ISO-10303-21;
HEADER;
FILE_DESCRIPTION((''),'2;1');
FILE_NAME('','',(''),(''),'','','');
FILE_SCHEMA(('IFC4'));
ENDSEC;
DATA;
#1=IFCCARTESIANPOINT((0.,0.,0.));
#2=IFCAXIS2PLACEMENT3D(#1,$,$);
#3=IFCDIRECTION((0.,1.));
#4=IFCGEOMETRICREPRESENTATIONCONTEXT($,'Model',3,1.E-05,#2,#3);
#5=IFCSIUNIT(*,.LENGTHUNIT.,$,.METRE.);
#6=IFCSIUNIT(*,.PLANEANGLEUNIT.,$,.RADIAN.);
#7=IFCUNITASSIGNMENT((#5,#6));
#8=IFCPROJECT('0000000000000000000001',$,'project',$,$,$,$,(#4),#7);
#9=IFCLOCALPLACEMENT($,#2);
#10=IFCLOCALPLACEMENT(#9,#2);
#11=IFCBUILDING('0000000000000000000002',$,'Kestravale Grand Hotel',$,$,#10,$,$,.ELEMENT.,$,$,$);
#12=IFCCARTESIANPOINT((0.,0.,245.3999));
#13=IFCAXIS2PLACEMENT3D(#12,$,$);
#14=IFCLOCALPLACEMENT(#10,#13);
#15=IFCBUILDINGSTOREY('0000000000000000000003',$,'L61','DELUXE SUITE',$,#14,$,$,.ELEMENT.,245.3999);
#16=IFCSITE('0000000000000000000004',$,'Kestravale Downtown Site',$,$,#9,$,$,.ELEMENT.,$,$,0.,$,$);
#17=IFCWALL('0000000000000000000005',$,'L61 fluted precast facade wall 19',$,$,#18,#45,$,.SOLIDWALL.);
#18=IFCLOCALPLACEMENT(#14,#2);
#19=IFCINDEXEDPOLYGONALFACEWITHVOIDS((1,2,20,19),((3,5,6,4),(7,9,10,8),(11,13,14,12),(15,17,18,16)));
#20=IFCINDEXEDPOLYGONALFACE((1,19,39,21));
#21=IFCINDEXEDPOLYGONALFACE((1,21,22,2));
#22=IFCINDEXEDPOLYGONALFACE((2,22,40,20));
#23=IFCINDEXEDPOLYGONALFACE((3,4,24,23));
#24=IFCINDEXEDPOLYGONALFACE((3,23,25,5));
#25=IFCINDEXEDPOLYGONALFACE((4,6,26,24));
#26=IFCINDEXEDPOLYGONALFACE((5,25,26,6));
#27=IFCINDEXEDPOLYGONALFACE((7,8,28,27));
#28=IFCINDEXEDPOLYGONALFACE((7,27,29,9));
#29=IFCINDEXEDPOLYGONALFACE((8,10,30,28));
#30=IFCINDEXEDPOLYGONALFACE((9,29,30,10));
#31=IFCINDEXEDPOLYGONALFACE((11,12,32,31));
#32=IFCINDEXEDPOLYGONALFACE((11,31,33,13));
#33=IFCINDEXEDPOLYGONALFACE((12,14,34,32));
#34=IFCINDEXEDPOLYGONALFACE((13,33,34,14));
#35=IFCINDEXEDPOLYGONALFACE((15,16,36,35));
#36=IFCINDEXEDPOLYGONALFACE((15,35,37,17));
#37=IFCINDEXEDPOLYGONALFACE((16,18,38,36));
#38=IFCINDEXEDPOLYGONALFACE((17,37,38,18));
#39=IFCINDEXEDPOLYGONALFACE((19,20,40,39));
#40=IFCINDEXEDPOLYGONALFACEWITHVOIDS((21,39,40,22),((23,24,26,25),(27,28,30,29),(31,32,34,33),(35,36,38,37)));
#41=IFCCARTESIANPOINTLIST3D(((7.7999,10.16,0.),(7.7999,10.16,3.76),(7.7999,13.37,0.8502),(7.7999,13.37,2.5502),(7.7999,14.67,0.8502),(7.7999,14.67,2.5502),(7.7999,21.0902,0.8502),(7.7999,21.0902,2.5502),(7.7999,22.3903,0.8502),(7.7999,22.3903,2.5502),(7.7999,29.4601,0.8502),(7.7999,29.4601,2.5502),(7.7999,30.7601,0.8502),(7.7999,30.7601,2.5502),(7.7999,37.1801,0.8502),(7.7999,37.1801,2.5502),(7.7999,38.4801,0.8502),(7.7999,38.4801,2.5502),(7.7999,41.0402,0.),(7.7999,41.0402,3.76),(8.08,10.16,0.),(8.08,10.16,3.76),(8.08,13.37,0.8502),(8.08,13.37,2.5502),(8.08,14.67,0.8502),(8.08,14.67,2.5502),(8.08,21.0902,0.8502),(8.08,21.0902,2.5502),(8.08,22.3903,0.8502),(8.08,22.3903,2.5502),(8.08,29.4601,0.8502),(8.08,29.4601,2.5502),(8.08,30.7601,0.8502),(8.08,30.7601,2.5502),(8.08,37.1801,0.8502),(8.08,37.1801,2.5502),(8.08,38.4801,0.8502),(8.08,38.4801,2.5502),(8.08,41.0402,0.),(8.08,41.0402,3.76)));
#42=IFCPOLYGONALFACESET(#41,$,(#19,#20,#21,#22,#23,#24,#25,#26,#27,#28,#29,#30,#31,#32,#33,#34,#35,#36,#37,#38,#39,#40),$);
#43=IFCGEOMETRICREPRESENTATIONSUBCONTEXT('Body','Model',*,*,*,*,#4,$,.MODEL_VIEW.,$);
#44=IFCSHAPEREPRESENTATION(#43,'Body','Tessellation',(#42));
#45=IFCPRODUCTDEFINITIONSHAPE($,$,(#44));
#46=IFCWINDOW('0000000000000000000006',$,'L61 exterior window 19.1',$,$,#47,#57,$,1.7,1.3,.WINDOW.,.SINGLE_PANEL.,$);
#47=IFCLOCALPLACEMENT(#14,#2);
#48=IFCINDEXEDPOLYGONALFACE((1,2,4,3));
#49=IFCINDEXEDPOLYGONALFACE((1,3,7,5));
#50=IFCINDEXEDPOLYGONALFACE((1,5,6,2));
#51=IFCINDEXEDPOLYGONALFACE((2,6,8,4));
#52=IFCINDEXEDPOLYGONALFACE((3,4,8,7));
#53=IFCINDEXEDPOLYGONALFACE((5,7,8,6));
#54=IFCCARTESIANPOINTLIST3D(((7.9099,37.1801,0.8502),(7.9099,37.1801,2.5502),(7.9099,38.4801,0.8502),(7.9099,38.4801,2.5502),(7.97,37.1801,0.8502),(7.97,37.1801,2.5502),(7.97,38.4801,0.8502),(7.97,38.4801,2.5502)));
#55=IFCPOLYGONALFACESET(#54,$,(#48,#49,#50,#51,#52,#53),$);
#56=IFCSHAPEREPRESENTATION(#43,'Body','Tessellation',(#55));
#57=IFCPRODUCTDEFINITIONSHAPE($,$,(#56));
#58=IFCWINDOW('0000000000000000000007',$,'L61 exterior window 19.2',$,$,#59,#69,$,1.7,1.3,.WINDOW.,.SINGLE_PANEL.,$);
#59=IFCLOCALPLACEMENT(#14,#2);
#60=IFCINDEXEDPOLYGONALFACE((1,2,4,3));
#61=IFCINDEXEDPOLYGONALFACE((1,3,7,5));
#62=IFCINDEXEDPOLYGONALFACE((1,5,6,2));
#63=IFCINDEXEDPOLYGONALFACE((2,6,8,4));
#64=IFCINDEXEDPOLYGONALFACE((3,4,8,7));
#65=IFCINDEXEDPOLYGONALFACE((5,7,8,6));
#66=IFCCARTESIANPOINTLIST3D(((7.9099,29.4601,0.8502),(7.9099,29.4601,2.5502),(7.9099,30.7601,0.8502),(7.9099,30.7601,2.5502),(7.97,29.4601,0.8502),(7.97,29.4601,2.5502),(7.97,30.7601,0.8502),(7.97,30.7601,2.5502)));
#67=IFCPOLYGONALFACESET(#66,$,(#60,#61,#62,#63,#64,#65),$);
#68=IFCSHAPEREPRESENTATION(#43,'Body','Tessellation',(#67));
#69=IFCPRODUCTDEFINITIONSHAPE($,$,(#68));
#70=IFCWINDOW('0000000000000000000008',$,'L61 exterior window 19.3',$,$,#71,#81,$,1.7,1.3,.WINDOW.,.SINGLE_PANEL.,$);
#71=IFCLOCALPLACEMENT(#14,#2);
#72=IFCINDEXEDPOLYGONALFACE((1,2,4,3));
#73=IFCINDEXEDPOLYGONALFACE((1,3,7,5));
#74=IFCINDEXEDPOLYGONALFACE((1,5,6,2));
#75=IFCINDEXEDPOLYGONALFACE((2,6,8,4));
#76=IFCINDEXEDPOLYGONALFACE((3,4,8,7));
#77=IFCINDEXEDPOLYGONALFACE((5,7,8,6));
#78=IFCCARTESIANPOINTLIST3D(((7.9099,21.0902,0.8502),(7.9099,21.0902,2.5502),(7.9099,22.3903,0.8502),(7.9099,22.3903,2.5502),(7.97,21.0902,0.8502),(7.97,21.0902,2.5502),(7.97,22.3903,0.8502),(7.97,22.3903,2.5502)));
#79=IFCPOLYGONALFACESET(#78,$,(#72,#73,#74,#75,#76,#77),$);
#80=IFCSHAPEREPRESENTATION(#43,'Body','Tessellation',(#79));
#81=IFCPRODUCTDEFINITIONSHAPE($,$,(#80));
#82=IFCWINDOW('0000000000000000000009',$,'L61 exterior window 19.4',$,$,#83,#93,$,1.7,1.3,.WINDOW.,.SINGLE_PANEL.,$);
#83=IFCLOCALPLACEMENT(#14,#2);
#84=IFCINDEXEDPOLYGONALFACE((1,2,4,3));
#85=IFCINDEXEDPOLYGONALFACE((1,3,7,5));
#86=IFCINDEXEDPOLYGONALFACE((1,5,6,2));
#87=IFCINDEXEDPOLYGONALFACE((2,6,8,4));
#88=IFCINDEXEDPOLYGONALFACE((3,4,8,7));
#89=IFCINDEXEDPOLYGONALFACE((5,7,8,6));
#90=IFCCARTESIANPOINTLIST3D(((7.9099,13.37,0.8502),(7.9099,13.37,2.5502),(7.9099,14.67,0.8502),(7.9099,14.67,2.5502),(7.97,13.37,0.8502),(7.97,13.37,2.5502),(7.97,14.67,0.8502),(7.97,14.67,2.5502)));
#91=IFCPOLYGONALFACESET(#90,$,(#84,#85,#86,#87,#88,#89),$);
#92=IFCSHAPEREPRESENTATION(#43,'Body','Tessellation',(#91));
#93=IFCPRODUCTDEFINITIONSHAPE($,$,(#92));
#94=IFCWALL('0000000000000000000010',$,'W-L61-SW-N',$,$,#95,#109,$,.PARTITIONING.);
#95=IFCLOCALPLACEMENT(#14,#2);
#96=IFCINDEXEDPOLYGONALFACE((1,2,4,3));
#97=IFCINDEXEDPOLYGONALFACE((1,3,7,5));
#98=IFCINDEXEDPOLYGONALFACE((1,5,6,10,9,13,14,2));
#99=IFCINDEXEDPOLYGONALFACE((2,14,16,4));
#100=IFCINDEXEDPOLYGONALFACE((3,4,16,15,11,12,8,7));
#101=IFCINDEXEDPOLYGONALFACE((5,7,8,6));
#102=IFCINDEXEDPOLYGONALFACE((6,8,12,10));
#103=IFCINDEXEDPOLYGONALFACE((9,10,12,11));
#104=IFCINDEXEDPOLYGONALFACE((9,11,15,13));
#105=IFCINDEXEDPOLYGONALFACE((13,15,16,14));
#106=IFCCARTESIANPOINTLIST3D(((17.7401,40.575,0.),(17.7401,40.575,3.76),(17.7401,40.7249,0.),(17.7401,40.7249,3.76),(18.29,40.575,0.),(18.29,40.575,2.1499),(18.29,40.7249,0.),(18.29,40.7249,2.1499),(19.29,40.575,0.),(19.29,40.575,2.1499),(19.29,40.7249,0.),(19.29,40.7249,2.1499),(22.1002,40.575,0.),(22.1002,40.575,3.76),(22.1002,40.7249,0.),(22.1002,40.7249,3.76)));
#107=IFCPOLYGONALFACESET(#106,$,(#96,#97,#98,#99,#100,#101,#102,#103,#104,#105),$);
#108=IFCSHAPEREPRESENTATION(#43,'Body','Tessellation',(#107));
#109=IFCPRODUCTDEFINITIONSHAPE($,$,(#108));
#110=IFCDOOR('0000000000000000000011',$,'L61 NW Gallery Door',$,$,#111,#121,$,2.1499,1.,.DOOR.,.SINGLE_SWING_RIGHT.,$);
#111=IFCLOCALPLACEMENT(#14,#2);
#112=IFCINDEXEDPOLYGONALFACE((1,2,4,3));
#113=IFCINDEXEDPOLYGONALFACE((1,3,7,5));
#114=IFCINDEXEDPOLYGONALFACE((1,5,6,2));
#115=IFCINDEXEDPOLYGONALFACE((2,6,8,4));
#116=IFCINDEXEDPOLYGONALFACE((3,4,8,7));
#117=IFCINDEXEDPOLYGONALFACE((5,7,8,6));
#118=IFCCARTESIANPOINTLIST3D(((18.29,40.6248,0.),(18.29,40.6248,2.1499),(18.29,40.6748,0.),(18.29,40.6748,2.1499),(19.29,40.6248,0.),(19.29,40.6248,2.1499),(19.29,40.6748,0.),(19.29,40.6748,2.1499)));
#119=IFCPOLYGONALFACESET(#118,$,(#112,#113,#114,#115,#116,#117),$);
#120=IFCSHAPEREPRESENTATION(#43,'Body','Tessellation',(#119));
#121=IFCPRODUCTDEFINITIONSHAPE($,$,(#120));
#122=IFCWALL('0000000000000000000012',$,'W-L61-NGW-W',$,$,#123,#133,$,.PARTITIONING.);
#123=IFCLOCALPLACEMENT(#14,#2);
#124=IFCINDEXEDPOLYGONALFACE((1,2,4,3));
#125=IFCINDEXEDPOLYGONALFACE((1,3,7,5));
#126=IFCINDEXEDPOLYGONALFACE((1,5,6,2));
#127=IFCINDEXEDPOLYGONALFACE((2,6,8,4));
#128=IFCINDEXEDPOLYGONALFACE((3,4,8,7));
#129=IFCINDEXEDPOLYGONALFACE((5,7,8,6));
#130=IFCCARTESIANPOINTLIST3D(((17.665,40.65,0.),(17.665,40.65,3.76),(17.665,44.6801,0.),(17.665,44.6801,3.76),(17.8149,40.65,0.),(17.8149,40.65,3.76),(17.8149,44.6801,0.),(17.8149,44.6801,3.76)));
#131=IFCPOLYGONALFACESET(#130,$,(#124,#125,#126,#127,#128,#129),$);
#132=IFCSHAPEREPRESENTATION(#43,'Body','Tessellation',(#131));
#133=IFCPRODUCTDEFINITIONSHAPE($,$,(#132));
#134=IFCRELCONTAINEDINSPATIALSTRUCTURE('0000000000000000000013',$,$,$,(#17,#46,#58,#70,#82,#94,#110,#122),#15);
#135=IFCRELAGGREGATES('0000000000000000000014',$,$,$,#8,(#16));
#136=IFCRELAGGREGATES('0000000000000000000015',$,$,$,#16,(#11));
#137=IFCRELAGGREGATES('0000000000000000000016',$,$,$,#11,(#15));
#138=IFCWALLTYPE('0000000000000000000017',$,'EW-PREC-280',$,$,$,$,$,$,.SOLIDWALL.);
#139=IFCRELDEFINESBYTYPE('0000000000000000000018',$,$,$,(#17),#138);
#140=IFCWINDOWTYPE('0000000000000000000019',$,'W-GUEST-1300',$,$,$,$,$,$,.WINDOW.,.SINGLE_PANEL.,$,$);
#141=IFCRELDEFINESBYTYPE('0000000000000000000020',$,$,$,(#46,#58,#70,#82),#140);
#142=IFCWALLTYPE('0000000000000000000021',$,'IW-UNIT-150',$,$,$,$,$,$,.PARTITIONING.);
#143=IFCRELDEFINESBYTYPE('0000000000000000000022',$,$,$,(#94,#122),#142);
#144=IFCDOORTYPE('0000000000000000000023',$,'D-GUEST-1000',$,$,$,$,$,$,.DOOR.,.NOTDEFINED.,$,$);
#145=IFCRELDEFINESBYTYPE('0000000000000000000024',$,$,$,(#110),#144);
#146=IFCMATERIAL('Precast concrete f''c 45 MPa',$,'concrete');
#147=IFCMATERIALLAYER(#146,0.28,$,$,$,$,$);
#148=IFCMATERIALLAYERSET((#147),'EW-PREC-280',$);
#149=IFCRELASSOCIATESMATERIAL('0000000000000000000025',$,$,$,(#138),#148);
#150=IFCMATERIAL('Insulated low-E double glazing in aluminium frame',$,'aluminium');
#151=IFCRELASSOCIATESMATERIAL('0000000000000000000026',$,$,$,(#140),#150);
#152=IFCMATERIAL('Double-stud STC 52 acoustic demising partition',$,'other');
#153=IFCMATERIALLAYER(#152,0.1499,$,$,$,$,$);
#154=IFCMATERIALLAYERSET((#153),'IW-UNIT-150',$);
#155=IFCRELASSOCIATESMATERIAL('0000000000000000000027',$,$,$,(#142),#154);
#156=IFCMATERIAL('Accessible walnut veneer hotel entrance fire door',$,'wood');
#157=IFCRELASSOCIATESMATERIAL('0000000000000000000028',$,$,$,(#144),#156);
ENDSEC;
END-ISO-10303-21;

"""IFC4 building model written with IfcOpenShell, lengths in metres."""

from ifc_helpers import new_model, si_unit, direction, frame, frame_2d, origin, place, context, subcontext, project, spatial, rectangle, extrude, material, layer, layer_set, type_object, element, fill, save


model = new_model("IFC4")

# Units and contexts
model_context = context("Model", 3, precision=1e-05, world=origin(), true_north=direction((0.0, 1.0)))
body_context = subcontext(model_context, "Body", "Model", "MODEL_VIEW")
ifc_project = project(units=[si_unit("LENGTHUNIT", "METRE"), si_unit("PLANEANGLEUNIT", "RADIAN")], contexts=[model_context])

# Site, building, storey
site_placement = place(None, origin())
site = spatial("IfcSite", under=ifc_project, at=site_placement, Name="Kestravale Downtown Site", CompositionType="ELEMENT", RefElevation=0.0)
building_placement = place(site_placement, origin())
building = spatial("IfcBuilding", under=site, at=building_placement, Name="Kestravale Grand Hotel", CompositionType="ELEMENT")
storey_placement = place(building_placement, frame((0.0, 0.0, 245.3999)))
storey = spatial("IfcBuildingStorey", under=building, at=storey_placement, Name="L61", Description="DELUXE SUITE", CompositionType="ELEMENT", Elevation=245.3999)

# Wall, openings, windows
ifc_material_1 = material(Name="Precast concrete f'c 45 MPa", Category="concrete")
ifc_layer_1 = layer(ifc_material_1, 0.28)
ifc_layer_set_1 = layer_set([ifc_layer_1], Name="EW-PREC-280")
wall_type_1 = type_object("IfcWallType", Name="EW-PREC-280", PredefinedType="SOLIDWALL", material=ifc_layer_set_1)
wall_1_placement = place(storey_placement, frame((7.9399, 41.04, 0.0), z_axis=(0.0, 0.0, 1.0), x_axis=(0.0, -1.0, 0.0)))
wall_1 = element("IfcWall", 1, at=wall_1_placement, inside=storey, type_object=wall_type_1, Name="L61 fluted precast facade wall 19", PredefinedType="SOLIDWALL", context=body_context, shape_type="SweptSolid", body=[
    extrude(rectangle(XDim=30.8801, YDim=0.28, at=frame_2d((15.4399, 0.0))), origin(), (0.0, 0.0, 1.0), 3.76),
])
opening_1_placement = place(wall_1_placement, frame((2.5601, 0.0, 0.8501)))
opening_1 = element("IfcOpeningElement", 2, at=opening_1_placement, cuts=wall_1, PredefinedType="OPENING", context=body_context, shape_type="SweptSolid", body=[
    extrude(rectangle(XDim=1.3, YDim=1.7, at=frame_2d((0.6499, 0.8501))), frame((0.0, 0.1499, 0.0), z_axis=(0.0, -1.0, 0.0), x_axis=(1.0, 0.0, 0.0)), (0.0, 0.0, 1.0), 0.3),
])
opening_2_placement = place(wall_1_placement, frame((10.28, 0.0, 0.8501)))
opening_2 = element("IfcOpeningElement", 3, at=opening_2_placement, cuts=wall_1, PredefinedType="OPENING", context=body_context, shape_type="SweptSolid", body=[
    extrude(rectangle(XDim=1.3, YDim=1.7, at=frame_2d((0.6499, 0.8501))), frame((0.0, 0.1499, 0.0), z_axis=(0.0, -1.0, 0.0), x_axis=(1.0, 0.0, 0.0)), (0.0, 0.0, 1.0), 0.3),
])
opening_3_placement = place(wall_1_placement, frame((18.6499, 0.0, 0.8501)))
opening_3 = element("IfcOpeningElement", 4, at=opening_3_placement, cuts=wall_1, PredefinedType="OPENING", context=body_context, shape_type="SweptSolid", body=[
    extrude(rectangle(XDim=1.3, YDim=1.7, at=frame_2d((0.6499, 0.8501))), frame((0.0, 0.1499, 0.0), z_axis=(0.0, -1.0, 0.0), x_axis=(1.0, 0.0, 0.0)), (0.0, 0.0, 1.0), 0.3),
])
opening_4_placement = place(wall_1_placement, frame((26.3701, 0.0, 0.8501)))
opening_4 = element("IfcOpeningElement", 5, at=opening_4_placement, cuts=wall_1, PredefinedType="OPENING", context=body_context, shape_type="SweptSolid", body=[
    extrude(rectangle(XDim=1.3, YDim=1.7, at=frame_2d((0.6499, 0.8501))), frame((0.0, 0.1499, 0.0), z_axis=(0.0, -1.0, 0.0), x_axis=(1.0, 0.0, 0.0)), (0.0, 0.0, 1.0), 0.3),
])
ifc_material_2 = material(Name="Insulated low-E double glazing in aluminium frame", Category="aluminium")
window_type = type_object("IfcWindowType", Name="W-GUEST-1300", PartitioningType="SINGLE_PANEL", PredefinedType="WINDOW", material=ifc_material_2)
window_1_placement = place(opening_1_placement, origin())
window_1 = element("IfcWindow", 6, at=window_1_placement, inside=storey, type_object=window_type, Name="L61 exterior window 19.1", OverallHeight=1.7, OverallWidth=1.3, PartitioningType="SINGLE_PANEL", PredefinedType="WINDOW", context=body_context, shape_type="SweptSolid", body=[
    extrude(rectangle(XDim=1.3, YDim=1.7, at=frame_2d((0.6499, 0.8501))), frame((0.0, 0.03, 0.0), z_axis=(0.0, -1.0, 0.0), x_axis=(1.0, 0.0, 0.0)), (0.0, 0.0, 1.0), 0.0601),
])
fill(opening_1, window_1)
window_2_placement = place(opening_2_placement, origin())
window_2 = element("IfcWindow", 7, at=window_2_placement, inside=storey, type_object=window_type, Name="L61 exterior window 19.2", OverallHeight=1.7, OverallWidth=1.3, PartitioningType="SINGLE_PANEL", PredefinedType="WINDOW", context=body_context, shape_type="SweptSolid", body=[
    extrude(rectangle(XDim=1.3, YDim=1.7, at=frame_2d((0.6499, 0.8501))), frame((0.0, 0.03, 0.0), z_axis=(0.0, -1.0, 0.0), x_axis=(1.0, 0.0, 0.0)), (0.0, 0.0, 1.0), 0.0601),
])
fill(opening_2, window_2)
window_3_placement = place(opening_3_placement, origin())
window_3 = element("IfcWindow", 8, at=window_3_placement, inside=storey, type_object=window_type, Name="L61 exterior window 19.3", OverallHeight=1.7, OverallWidth=1.3, PartitioningType="SINGLE_PANEL", PredefinedType="WINDOW", context=body_context, shape_type="SweptSolid", body=[
    extrude(rectangle(XDim=1.3, YDim=1.7, at=frame_2d((0.6499, 0.8501))), frame((0.0, 0.03, 0.0), z_axis=(0.0, -1.0, 0.0), x_axis=(1.0, 0.0, 0.0)), (0.0, 0.0, 1.0), 0.0601),
])
fill(opening_3, window_3)
window_4_placement = place(opening_4_placement, origin())
window_4 = element("IfcWindow", 9, at=window_4_placement, inside=storey, type_object=window_type, Name="L61 exterior window 19.4", OverallHeight=1.7, OverallWidth=1.3, PartitioningType="SINGLE_PANEL", PredefinedType="WINDOW", context=body_context, shape_type="SweptSolid", body=[
    extrude(rectangle(XDim=1.3, YDim=1.7, at=frame_2d((0.6499, 0.8501))), frame((0.0, 0.03, 0.0), z_axis=(0.0, -1.0, 0.0), x_axis=(1.0, 0.0, 0.0)), (0.0, 0.0, 1.0), 0.0601),
])
fill(opening_4, window_4)

# Wall, opening, door
ifc_material_3 = material(Name="Double-stud STC 52 acoustic demising partition", Category="other")
ifc_layer_2 = layer(ifc_material_3, 0.1499)
ifc_layer_set_2 = layer_set([ifc_layer_2], Name="IW-UNIT-150")
wall_type_2 = type_object("IfcWallType", Name="IW-UNIT-150", PredefinedType="PARTITIONING", material=ifc_layer_set_2)
wall_2_placement = place(storey_placement, frame((17.74, 40.6499, 0.0), z_axis=(0.0, 0.0, 1.0), x_axis=(1.0, 0.0, 0.0)))
wall_2 = element("IfcWall", 10, at=wall_2_placement, inside=storey, type_object=wall_type_2, Name="W-L61-SW-N", PredefinedType="PARTITIONING", context=body_context, shape_type="SweptSolid", body=[
    extrude(rectangle(XDim=4.3601, YDim=0.1499, at=frame_2d((2.1802, 0.0))), origin(), (0.0, 0.0, 1.0), 3.76),
])
opening_5_placement = place(wall_2_placement, frame((0.55, 0.0, 0.0)))
opening_5 = element("IfcOpeningElement", 11, at=opening_5_placement, cuts=wall_2, PredefinedType="OPENING", context=body_context, shape_type="SweptSolid", body=[
    extrude(rectangle(XDim=1.0, YDim=2.1499, at=frame_2d((0.5, 1.075))), frame((0.0, 0.085, 0.0), z_axis=(0.0, -1.0, 0.0), x_axis=(1.0, 0.0, 0.0)), (0.0, 0.0, 1.0), 0.1699),
])
ifc_material_4 = material(Name="Accessible walnut veneer hotel entrance fire door", Category="wood")
door_type = type_object("IfcDoorType", Name="D-GUEST-1000", OperationType="NOTDEFINED", PredefinedType="DOOR", material=ifc_material_4)
door_placement = place(opening_5_placement, origin())
door = element("IfcDoor", 12, at=door_placement, inside=storey, type_object=door_type, Name="L61 NW Gallery Door", OperationType="SINGLE_SWING_RIGHT", OverallHeight=2.1499, OverallWidth=1.0, PredefinedType="DOOR", context=body_context, shape_type="SweptSolid", body=[
    extrude(rectangle(XDim=1.0, YDim=2.1499, at=frame_2d((0.5, 1.075))), frame((0.0, 0.0249, 0.0), z_axis=(0.0, -1.0, 0.0), x_axis=(1.0, 0.0, 0.0)), (0.0, 0.0, 1.0), 0.05),
])
fill(opening_5, door)

# Wall
wall_3_placement = place(storey_placement, frame((17.74, 40.6499, 0.0), z_axis=(0.0, 0.0, 1.0), x_axis=(0.0, 1.0, 0.0)))
element("IfcWall", 13, at=wall_3_placement, inside=storey, type_object=wall_type_2, Name="W-L61-NGW-W", PredefinedType="PARTITIONING", context=body_context, shape_type="SweptSolid", body=[
    extrude(rectangle(XDim=4.03, YDim=0.1499, at=frame_2d((2.0151, 0.0))), origin(), (0.0, 0.0, 1.0), 3.76),
])

save(model, "model.ifc")
